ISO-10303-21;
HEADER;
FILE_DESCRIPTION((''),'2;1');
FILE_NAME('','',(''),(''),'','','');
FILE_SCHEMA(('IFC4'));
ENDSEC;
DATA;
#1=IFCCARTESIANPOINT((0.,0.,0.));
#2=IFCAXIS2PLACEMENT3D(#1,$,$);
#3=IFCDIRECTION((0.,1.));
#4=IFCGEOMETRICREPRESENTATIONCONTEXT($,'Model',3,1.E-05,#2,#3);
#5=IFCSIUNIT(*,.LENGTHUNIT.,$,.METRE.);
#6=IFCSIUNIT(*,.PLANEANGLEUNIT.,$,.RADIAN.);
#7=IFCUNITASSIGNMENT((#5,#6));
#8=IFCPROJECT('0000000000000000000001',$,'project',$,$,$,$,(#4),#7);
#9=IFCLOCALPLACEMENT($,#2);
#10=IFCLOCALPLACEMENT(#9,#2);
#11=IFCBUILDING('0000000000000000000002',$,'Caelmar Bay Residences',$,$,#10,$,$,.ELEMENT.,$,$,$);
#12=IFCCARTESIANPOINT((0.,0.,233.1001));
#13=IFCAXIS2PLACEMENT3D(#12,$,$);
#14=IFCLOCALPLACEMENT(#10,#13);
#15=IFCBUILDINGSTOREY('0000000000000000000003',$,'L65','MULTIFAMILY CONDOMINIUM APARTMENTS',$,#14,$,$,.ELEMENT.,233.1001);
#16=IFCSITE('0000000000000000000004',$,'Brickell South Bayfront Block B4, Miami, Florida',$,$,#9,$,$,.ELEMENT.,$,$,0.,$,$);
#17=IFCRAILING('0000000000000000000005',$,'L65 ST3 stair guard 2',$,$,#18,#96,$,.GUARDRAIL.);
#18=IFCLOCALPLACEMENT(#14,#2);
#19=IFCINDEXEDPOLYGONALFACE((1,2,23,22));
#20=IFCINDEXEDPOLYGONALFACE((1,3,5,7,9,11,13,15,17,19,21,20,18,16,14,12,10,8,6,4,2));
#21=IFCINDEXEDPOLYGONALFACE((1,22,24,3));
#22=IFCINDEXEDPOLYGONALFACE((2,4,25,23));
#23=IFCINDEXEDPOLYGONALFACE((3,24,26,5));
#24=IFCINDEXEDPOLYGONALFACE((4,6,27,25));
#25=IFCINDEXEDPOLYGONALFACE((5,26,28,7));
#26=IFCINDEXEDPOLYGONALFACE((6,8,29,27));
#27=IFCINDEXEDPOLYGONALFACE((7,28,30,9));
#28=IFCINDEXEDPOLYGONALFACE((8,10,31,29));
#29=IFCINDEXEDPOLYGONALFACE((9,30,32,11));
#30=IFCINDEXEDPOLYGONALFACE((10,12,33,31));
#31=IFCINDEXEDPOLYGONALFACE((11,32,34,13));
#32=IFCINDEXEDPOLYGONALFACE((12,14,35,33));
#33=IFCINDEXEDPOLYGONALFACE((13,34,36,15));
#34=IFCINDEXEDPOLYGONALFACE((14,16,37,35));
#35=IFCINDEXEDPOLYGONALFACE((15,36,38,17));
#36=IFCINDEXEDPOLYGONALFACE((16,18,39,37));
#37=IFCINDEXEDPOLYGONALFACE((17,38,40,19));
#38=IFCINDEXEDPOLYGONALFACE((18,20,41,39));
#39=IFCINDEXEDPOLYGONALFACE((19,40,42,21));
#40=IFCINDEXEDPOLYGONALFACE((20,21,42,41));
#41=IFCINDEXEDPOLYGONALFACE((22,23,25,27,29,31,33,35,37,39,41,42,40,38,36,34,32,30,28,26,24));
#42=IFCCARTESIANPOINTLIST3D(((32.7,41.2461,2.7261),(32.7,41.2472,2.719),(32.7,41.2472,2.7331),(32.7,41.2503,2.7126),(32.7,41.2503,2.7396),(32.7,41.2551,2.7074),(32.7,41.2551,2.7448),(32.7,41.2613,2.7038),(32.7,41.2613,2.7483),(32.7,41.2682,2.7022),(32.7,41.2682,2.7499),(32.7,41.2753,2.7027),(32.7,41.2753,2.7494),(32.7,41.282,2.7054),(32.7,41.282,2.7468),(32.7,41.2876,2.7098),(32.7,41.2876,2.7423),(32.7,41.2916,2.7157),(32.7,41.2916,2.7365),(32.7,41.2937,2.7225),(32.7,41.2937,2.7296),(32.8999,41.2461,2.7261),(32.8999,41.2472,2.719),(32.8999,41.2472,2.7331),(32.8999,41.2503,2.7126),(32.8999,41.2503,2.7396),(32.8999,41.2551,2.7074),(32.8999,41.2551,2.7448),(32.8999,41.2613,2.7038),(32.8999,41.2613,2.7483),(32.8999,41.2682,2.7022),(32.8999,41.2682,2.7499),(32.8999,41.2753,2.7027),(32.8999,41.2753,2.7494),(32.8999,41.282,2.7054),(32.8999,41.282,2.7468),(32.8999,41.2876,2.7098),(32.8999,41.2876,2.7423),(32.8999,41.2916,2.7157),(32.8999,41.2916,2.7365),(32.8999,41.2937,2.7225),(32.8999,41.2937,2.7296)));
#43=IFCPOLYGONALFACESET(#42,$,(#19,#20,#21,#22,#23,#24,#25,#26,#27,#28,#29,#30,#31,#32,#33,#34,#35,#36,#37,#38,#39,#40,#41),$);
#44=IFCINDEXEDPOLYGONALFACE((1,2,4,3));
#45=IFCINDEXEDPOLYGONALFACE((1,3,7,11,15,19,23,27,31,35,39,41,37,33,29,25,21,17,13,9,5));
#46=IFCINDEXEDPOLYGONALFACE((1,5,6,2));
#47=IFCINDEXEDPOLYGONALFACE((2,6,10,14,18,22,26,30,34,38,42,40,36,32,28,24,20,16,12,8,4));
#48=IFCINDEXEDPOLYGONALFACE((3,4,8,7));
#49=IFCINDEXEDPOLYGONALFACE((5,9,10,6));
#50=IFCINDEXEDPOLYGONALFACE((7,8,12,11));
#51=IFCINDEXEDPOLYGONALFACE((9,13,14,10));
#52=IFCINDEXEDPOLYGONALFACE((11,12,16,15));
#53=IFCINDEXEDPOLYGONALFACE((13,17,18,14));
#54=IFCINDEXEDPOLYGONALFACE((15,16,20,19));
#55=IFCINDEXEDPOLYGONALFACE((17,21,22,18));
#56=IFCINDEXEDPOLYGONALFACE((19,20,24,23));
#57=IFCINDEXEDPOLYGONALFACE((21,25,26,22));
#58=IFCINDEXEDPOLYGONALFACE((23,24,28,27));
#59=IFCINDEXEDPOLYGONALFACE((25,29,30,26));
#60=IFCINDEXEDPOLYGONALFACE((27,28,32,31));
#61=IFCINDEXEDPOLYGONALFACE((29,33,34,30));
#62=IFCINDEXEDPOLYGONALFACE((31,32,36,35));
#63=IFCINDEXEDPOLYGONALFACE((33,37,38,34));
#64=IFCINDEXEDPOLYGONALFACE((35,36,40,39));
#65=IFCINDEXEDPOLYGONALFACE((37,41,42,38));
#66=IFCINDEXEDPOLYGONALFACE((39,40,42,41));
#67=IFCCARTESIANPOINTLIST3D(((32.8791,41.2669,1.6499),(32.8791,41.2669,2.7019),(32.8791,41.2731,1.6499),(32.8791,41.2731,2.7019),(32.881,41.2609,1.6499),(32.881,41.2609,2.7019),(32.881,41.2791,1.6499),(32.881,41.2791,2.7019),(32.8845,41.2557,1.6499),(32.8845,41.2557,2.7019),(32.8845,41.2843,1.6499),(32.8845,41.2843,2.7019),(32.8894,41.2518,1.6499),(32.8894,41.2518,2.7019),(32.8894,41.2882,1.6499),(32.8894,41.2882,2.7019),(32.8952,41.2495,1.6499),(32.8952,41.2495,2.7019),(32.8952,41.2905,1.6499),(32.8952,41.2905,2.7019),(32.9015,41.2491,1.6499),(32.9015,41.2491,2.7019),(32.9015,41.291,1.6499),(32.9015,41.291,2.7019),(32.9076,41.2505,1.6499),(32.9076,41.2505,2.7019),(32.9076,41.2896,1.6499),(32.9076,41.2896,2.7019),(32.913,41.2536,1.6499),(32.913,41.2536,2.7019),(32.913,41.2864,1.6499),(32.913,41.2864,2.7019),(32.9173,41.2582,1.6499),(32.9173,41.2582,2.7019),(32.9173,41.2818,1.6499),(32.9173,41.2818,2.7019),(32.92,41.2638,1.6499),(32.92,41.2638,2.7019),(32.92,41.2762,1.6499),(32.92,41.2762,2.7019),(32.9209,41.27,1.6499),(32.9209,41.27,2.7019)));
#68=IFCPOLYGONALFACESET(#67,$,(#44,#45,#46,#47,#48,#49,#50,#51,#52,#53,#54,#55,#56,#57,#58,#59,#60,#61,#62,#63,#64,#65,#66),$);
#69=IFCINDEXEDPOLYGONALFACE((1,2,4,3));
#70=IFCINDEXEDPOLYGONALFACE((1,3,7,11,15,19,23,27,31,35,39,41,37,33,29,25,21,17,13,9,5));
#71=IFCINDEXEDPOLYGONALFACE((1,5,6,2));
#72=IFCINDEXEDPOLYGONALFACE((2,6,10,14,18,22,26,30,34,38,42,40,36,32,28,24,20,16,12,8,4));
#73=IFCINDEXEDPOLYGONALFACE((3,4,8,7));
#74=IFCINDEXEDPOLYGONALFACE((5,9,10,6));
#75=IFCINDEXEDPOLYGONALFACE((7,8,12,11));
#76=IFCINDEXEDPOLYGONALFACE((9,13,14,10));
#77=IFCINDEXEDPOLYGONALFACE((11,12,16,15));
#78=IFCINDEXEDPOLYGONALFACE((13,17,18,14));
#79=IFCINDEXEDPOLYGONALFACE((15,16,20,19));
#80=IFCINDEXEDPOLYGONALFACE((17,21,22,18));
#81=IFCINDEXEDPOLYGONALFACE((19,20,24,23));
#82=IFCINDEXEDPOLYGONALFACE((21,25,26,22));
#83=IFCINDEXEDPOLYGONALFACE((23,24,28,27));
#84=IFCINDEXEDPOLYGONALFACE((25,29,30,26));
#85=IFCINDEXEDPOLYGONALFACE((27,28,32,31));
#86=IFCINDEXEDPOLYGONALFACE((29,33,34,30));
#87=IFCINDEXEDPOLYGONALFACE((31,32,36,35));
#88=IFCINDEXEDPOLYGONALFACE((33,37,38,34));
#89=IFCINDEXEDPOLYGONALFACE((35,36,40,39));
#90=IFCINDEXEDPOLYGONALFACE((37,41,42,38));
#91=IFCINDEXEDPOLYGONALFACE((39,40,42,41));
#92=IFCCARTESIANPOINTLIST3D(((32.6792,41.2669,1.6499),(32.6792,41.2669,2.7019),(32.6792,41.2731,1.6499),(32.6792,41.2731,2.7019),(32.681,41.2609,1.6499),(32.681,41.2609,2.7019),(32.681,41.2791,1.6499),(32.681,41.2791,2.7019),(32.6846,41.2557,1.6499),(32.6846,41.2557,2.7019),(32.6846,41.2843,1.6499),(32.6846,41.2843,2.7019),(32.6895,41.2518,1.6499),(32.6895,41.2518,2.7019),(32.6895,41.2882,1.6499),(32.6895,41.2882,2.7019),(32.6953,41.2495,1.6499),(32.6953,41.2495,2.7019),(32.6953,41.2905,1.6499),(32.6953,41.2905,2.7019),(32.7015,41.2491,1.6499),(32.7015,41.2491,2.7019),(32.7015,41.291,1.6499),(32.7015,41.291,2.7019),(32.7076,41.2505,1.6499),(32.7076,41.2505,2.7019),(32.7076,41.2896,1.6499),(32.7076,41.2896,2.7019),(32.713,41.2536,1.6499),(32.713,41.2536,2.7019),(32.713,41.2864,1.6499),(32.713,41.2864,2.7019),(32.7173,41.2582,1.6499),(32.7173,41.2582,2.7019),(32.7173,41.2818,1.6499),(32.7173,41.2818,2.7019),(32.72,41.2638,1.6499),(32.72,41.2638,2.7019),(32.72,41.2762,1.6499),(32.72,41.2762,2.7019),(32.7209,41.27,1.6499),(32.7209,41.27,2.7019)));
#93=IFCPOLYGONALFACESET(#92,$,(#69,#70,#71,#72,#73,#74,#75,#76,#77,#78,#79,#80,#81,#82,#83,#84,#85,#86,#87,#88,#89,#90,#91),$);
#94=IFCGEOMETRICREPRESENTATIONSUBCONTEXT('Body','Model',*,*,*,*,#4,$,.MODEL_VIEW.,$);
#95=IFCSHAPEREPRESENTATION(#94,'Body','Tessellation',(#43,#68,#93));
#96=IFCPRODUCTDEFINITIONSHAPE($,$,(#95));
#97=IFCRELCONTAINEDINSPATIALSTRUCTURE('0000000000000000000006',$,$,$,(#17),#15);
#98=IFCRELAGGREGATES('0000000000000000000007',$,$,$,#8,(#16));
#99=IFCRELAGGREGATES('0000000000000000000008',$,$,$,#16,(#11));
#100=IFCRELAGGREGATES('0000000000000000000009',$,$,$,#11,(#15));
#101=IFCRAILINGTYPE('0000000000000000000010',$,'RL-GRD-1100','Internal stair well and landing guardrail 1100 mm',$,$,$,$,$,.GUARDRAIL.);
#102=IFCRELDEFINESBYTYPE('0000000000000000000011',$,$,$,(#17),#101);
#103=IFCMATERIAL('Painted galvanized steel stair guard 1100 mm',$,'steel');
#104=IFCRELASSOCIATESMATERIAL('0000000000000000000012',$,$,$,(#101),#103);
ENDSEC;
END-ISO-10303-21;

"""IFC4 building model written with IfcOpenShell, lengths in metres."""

from ifc_helpers import new_model, si_unit, direction, frame, origin, origin_2d, place, context, subcontext, project, spatial, circle, extrude, material, type_object, element, save


model = new_model("IFC4")

# Units and contexts
model_context = context("Model", 3, precision=1e-05, world=origin(), true_north=direction((0.0, 1.0)))
body_context = subcontext(model_context, "Body", "Model", "MODEL_VIEW")
ifc_project = project(units=[si_unit("LENGTHUNIT", "METRE"), si_unit("PLANEANGLEUNIT", "RADIAN")], contexts=[model_context])

# Site, building, storey
site_placement = place(None, origin())
site = spatial("IfcSite", under=ifc_project, at=site_placement, Name="Brickell South Bayfront Block B4, Miami, Florida", CompositionType="ELEMENT", RefElevation=0.0)
building_placement = place(site_placement, origin())
building = spatial("IfcBuilding", under=site, at=building_placement, Name="Caelmar Bay Residences", CompositionType="ELEMENT")
storey_placement = place(building_placement, frame((0.0, 0.0, 233.1001)))
storey = spatial("IfcBuildingStorey", under=building, at=storey_placement, Name="L65", Description="MULTIFAMILY CONDOMINIUM APARTMENTS", CompositionType="ELEMENT", Elevation=233.1001)

# Railing
ifc_material_1 = material(Name="Painted galvanized steel stair guard 1100 mm", Category="steel")
railing_type_1 = type_object("IfcRailingType", Name="RL-GRD-1100", Description="Internal stair well and landing guardrail 1100 mm", PredefinedType="GUARDRAIL", material=ifc_material_1)
railing_1_placement = place(storey_placement, frame((32.8999, 41.27, 1.6499)))
element("IfcRailing", 1, at=railing_1_placement, inside=storey, type_object=railing_type_1, Name="L65 ST3 stair guard 2", PredefinedType="GUARDRAIL", context=body_context, shape_type="SweptSolid", body=[
    extrude(circle(Radius=0.0239, at=origin_2d()), frame((0.0, 0.0, 1.0762), z_axis=(-1.0, 0.0, 0.0), x_axis=(0.0, -1.0, 0.0)), (0.0, 0.0, 1.0), 0.2),
    extrude(circle(Radius=0.021, at=origin_2d()), origin(), (0.0, 0.0, 1.0), 1.052),
    extrude(circle(Radius=0.021, at=origin_2d()), frame((-0.2, 0.0, 0.0)), (0.0, 0.0, 1.0), 1.052),
])

save(model, "model.ifc")
